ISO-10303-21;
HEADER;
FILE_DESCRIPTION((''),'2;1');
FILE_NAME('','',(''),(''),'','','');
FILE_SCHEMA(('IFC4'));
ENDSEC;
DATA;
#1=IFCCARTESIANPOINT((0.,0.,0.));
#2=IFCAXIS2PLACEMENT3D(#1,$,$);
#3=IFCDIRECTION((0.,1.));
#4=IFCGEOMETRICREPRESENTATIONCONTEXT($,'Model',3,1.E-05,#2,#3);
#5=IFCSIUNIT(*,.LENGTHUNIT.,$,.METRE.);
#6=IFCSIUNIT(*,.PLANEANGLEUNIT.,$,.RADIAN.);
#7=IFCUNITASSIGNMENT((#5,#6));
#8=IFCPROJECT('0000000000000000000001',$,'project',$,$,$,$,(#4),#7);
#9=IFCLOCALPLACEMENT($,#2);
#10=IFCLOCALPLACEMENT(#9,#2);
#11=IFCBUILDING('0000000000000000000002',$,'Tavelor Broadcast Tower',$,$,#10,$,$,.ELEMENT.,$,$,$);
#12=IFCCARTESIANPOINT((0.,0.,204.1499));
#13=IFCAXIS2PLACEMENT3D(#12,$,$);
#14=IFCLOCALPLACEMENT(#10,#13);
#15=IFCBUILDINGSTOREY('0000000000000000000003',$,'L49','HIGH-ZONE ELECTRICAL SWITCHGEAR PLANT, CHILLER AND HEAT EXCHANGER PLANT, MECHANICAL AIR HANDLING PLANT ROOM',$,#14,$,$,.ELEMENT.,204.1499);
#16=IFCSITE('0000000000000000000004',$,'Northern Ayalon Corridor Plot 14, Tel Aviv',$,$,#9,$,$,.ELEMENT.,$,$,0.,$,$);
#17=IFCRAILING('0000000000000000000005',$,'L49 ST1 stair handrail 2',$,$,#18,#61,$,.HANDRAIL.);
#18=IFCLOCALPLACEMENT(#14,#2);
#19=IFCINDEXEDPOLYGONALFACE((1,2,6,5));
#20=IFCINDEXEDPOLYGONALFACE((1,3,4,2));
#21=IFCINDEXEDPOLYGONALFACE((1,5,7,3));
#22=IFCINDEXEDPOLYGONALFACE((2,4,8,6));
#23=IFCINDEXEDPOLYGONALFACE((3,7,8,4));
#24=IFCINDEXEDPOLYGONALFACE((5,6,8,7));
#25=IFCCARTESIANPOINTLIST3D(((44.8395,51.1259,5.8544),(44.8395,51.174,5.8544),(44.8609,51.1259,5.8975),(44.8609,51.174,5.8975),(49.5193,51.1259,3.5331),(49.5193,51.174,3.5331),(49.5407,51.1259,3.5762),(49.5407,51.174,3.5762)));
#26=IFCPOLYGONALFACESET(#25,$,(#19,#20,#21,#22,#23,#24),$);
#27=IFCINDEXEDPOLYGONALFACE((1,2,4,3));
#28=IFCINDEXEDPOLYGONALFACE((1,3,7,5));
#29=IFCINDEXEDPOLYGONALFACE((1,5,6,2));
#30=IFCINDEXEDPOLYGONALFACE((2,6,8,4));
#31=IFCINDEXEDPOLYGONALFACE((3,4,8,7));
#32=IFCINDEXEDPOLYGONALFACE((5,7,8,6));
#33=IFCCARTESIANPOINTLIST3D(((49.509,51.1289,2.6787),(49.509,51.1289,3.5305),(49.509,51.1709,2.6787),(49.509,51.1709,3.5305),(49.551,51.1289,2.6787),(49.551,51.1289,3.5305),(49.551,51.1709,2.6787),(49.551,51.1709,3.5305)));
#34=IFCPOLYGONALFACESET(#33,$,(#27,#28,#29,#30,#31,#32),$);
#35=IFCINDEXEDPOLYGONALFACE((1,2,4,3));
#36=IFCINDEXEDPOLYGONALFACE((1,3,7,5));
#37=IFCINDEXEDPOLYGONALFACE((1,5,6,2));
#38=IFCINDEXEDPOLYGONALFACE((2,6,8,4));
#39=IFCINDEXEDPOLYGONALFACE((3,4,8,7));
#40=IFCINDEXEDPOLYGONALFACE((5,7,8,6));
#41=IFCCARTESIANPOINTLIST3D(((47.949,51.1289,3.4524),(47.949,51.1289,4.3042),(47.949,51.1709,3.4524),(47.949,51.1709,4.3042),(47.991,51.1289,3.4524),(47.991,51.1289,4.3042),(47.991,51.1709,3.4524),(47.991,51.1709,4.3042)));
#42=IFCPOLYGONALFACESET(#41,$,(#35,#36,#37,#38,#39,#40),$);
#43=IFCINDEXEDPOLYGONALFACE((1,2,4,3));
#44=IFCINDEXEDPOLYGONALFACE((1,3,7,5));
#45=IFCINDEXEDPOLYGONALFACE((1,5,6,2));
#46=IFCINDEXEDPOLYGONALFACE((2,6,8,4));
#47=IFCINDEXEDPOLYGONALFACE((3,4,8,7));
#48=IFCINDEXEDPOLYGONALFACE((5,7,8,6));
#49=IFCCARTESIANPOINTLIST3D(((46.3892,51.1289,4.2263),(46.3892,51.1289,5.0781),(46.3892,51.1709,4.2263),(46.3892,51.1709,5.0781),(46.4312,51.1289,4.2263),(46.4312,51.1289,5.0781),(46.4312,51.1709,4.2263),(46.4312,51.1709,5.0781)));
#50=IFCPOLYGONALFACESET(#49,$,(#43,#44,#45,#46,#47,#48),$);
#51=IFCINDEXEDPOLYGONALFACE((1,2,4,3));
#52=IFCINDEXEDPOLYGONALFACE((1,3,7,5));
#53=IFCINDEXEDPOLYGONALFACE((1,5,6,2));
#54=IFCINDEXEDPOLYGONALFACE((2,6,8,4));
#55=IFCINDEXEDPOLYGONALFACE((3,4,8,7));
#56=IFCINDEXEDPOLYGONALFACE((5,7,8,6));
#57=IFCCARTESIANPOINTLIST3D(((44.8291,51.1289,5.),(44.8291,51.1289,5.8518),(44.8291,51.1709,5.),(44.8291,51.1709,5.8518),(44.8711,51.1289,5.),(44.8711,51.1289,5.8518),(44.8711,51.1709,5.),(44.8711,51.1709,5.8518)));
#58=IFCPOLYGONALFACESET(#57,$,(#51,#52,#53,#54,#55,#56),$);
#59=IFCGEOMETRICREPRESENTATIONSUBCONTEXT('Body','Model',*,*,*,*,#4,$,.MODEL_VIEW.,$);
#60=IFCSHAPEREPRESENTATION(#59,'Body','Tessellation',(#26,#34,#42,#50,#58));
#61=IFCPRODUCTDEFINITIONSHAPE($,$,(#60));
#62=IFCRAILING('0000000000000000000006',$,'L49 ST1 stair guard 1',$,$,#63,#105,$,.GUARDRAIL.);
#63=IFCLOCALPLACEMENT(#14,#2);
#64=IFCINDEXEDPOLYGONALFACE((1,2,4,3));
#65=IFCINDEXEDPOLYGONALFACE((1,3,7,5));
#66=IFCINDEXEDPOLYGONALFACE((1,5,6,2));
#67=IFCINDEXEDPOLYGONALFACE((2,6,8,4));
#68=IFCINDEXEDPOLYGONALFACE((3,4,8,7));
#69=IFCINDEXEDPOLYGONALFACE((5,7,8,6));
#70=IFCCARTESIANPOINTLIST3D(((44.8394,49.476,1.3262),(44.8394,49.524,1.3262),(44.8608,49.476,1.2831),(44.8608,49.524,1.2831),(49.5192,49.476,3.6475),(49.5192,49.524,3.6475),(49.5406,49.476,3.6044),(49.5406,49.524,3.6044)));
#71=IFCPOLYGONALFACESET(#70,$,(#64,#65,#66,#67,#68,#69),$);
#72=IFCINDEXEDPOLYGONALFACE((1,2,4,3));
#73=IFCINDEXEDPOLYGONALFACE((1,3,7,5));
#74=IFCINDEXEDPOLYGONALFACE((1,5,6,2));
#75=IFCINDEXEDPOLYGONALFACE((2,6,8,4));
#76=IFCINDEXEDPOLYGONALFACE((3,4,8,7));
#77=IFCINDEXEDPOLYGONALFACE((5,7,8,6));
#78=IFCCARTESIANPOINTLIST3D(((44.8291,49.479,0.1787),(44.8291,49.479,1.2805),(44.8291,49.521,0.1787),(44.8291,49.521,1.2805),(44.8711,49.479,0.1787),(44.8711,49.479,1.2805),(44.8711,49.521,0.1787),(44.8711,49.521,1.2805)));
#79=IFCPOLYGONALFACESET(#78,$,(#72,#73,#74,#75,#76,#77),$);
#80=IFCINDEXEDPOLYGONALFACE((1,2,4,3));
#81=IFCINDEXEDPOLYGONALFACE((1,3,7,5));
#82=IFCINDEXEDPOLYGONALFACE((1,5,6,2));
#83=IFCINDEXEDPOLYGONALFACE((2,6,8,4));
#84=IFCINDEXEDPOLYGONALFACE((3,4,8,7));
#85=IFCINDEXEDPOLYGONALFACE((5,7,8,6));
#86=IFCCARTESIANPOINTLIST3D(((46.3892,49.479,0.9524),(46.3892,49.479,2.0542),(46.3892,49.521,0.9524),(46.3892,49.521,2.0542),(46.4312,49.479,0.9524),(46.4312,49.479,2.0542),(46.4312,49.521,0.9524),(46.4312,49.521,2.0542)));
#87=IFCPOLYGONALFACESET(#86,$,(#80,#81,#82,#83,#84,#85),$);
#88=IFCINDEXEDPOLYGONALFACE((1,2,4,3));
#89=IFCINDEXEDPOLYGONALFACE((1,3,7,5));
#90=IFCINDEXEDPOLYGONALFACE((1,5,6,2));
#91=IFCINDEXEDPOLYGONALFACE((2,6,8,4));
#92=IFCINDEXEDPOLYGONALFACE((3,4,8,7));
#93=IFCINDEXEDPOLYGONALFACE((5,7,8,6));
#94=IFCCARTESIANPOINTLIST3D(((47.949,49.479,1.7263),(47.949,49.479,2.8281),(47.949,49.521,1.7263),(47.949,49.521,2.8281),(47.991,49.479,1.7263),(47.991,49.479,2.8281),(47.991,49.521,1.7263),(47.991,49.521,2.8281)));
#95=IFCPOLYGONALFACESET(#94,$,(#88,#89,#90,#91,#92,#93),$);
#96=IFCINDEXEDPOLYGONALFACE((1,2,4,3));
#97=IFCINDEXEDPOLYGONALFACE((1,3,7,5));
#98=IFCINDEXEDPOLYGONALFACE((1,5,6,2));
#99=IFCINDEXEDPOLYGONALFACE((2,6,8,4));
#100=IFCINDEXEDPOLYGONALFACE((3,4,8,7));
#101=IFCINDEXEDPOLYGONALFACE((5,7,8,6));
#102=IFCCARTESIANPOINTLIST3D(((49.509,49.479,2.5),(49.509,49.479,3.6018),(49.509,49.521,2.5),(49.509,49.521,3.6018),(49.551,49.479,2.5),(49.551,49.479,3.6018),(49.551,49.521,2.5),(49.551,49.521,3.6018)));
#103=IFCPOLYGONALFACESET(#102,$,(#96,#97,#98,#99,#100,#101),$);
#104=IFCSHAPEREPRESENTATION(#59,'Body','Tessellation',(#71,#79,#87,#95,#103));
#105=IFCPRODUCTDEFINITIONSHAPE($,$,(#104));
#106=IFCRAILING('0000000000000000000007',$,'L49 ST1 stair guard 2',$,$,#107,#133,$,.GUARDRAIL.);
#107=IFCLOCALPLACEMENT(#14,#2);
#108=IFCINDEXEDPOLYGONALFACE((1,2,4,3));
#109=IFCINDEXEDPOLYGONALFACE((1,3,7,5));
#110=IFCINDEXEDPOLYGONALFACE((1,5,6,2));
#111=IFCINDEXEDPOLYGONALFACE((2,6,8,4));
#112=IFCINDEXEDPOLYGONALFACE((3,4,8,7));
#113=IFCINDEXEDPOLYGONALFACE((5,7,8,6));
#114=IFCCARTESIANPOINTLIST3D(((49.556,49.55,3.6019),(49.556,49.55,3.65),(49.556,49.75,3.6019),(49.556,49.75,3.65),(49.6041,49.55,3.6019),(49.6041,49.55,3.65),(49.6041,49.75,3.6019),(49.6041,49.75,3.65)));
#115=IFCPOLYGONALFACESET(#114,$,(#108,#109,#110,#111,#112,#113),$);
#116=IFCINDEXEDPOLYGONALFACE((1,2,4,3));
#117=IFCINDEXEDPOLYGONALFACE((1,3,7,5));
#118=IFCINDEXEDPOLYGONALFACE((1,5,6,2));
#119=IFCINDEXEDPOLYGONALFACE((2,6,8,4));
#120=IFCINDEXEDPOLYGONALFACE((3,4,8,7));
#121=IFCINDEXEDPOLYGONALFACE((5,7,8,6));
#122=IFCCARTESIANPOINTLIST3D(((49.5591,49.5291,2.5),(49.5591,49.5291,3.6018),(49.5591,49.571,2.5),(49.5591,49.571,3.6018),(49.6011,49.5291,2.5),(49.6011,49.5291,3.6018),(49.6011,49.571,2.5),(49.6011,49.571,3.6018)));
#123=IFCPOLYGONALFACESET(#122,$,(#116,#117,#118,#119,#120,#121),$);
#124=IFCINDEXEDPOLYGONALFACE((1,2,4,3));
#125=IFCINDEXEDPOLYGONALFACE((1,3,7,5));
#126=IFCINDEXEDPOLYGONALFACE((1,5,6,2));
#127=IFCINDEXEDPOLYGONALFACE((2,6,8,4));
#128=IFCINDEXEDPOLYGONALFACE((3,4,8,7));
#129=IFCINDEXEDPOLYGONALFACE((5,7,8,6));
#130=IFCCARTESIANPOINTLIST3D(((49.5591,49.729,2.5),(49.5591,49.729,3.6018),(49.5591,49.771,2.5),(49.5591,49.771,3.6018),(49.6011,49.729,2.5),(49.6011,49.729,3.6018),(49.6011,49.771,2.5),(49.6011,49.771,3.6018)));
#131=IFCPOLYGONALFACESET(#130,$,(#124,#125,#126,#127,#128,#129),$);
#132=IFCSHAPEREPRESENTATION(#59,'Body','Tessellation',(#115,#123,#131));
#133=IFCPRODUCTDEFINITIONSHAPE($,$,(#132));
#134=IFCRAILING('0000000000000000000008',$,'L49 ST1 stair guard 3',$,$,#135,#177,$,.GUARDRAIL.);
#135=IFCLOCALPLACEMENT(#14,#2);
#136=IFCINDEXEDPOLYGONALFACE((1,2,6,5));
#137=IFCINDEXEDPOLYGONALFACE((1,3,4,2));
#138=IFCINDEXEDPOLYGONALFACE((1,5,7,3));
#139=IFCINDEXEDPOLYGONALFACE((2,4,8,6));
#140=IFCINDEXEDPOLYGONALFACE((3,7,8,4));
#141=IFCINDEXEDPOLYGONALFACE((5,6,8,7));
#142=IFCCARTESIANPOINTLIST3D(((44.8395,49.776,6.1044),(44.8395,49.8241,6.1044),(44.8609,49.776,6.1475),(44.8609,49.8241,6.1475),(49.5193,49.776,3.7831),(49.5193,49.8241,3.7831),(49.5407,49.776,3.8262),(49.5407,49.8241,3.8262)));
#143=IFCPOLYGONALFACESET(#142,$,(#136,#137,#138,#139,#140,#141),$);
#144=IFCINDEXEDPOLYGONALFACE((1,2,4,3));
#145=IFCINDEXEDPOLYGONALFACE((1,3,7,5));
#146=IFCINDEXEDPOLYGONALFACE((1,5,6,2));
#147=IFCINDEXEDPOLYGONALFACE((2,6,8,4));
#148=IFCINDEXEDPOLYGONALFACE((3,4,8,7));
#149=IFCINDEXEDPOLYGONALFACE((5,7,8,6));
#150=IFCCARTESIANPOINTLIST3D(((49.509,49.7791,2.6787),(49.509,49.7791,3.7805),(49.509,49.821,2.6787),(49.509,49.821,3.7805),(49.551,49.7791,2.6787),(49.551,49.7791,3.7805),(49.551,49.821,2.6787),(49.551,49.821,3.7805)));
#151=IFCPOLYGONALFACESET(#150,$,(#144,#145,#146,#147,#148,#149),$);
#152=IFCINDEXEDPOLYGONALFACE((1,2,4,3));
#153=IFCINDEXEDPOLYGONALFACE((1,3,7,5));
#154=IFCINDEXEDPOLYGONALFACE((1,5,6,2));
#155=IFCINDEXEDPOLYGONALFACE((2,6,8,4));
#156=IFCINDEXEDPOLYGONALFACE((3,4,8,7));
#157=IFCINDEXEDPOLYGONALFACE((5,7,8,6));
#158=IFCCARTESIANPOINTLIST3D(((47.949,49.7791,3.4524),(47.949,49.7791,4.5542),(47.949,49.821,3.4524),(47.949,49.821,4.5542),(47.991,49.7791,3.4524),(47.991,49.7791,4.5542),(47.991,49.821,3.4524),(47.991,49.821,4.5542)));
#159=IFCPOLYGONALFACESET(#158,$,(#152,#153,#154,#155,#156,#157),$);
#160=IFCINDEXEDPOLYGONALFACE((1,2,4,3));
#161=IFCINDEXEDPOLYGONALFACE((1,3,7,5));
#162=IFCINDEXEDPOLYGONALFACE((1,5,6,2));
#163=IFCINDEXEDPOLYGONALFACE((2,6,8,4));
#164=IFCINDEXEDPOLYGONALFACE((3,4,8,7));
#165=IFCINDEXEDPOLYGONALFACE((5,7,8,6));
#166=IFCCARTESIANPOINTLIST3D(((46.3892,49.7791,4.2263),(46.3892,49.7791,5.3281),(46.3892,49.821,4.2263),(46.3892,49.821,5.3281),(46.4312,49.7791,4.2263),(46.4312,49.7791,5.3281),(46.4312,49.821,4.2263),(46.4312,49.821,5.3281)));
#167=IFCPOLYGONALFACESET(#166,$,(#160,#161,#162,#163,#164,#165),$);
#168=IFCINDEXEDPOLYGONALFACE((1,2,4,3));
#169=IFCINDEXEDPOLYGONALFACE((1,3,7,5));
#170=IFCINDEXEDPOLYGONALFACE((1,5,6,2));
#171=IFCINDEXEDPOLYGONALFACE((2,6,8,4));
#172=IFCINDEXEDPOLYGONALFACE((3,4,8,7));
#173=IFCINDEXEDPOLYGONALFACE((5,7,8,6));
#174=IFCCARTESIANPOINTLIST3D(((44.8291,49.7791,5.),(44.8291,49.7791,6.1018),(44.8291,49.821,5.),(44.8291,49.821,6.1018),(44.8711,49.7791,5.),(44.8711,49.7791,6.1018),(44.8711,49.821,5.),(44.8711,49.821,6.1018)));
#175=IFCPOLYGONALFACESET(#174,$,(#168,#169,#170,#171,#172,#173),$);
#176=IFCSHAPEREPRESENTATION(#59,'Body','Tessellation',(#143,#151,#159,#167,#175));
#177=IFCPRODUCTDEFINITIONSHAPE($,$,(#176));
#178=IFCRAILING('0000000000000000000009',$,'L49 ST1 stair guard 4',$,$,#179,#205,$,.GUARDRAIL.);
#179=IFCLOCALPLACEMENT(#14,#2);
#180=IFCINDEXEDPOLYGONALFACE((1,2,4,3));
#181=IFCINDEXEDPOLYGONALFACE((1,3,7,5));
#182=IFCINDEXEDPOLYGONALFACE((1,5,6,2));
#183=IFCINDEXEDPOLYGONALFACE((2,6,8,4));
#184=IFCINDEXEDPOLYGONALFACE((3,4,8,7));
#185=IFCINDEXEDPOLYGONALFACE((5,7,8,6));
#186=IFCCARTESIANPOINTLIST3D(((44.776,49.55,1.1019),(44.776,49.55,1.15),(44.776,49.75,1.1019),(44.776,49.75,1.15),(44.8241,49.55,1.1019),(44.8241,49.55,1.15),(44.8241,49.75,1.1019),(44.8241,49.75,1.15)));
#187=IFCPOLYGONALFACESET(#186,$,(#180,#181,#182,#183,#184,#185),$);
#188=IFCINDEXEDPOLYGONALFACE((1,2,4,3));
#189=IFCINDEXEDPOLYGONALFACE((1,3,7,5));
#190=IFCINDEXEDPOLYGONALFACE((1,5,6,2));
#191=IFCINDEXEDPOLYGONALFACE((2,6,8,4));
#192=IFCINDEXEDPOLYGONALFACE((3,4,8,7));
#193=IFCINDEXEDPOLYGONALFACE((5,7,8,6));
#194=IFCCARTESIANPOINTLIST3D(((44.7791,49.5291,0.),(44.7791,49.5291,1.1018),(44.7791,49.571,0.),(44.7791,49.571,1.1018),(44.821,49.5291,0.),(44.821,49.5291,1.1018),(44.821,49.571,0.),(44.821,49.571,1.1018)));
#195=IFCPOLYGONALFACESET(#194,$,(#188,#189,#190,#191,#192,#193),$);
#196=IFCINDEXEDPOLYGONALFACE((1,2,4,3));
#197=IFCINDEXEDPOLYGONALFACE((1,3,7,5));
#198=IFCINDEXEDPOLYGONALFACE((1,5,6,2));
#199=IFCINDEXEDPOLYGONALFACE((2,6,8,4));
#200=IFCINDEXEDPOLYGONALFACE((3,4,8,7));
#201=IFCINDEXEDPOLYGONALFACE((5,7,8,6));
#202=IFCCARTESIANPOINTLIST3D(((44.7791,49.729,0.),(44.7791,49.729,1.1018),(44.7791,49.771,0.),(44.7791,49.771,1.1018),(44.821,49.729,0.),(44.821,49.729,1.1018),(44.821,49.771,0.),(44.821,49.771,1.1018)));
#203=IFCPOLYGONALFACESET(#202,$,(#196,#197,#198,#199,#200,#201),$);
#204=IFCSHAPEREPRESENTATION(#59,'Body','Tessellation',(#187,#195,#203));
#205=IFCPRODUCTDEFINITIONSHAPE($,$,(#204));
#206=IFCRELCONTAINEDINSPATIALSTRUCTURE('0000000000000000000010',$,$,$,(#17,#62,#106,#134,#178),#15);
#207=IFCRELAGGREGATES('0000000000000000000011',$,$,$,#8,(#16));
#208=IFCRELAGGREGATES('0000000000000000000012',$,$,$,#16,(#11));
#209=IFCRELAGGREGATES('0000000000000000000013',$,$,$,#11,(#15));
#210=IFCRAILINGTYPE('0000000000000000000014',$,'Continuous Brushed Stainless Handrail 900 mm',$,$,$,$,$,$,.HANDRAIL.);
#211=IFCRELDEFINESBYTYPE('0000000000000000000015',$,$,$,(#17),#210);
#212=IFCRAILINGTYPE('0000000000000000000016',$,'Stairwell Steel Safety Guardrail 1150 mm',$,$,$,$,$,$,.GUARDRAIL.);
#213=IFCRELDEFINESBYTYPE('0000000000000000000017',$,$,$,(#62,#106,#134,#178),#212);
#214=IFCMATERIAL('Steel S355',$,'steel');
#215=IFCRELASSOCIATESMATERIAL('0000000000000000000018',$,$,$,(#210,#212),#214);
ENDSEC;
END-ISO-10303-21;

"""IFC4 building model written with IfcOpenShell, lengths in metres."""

from ifc_helpers import new_model, si_unit, direction, frame, origin, origin_2d, place, context, subcontext, project, spatial, rectangle, extrude, material, type_object, element, save


model = new_model("IFC4")

# Units and contexts
model_context = context("Model", 3, precision=1e-05, world=origin(), true_north=direction((0.0, 1.0)))
body_context = subcontext(model_context, "Body", "Model", "MODEL_VIEW")
ifc_project = project(units=[si_unit("LENGTHUNIT", "METRE"), si_unit("PLANEANGLEUNIT", "RADIAN")], contexts=[model_context])

# Site, building, storey
site_placement = place(None, origin())
site = spatial("IfcSite", under=ifc_project, at=site_placement, Name="Northern Ayalon Corridor Plot 14, Tel Aviv", CompositionType="ELEMENT", RefElevation=0.0)
building_placement = place(site_placement, origin())
building = spatial("IfcBuilding", under=site, at=building_placement, Name="Tavelor Broadcast Tower", CompositionType="ELEMENT")
storey_placement = place(building_placement, frame((0.0, 0.0, 204.1499)))
storey = spatial("IfcBuildingStorey", under=building, at=storey_placement, Name="L49", Description="HIGH-ZONE ELECTRICAL SWITCHGEAR PLANT, CHILLER AND HEAT EXCHANGER PLANT, MECHANICAL AIR HANDLING PLANT ROOM", CompositionType="ELEMENT", Elevation=204.1499)

# Shared definitions
ifc_material_1 = material(Name="Steel S355", Category="steel")

# Railings
railing_type_1 = type_object("IfcRailingType", Name="Continuous Brushed Stainless Handrail 900 mm", PredefinedType="HANDRAIL", material=ifc_material_1)
railing_1_placement = place(storey_placement, frame((49.53, 51.1499, 2.6787)))
element("IfcRailing", 1, at=railing_1_placement, inside=storey, type_object=railing_type_1, Name="L49 ST1 stair handrail 2", PredefinedType="HANDRAIL", context=body_context, shape_type="SweptSolid", body=[
    extrude(rectangle(XDim=0.0481, YDim=0.0481, at=origin_2d()), frame((0.0, 0.0, 0.876), z_axis=(-0.895853, 0.0, 0.444351), x_axis=(0.0, -1.0, 0.0)), (0.0, 0.0, 1.0), 5.2239),
    extrude(rectangle(XDim=0.042, YDim=0.042, at=origin_2d()), origin(), (0.0, 0.0, 1.0), 0.8518),
    extrude(rectangle(XDim=0.042, YDim=0.042, at=origin_2d()), frame((-1.5601, 0.0, 0.7737)), (0.0, 0.0, 1.0), 0.8518),
    extrude(rectangle(XDim=0.042, YDim=0.042, at=origin_2d()), frame((-3.1199, 0.0, 1.5476)), (0.0, 0.0, 1.0), 0.8518),
    extrude(rectangle(XDim=0.042, YDim=0.042, at=origin_2d()), frame((-4.6799, 0.0, 2.3213)), (0.0, 0.0, 1.0), 0.8518),
])
railing_type_2 = type_object("IfcRailingType", Name="Stairwell Steel Safety Guardrail 1150 mm", PredefinedType="GUARDRAIL", material=ifc_material_1)
railing_2_placement = place(storey_placement, frame((44.8501, 49.5, 0.1787)))
element("IfcRailing", 2, at=railing_2_placement, inside=storey, type_object=railing_type_2, Name="L49 ST1 stair guard 1", PredefinedType="GUARDRAIL", context=body_context, shape_type="SweptSolid", body=[
    extrude(rectangle(XDim=0.0481, YDim=0.0481, at=origin_2d()), frame((0.0, 0.0, 1.126), z_axis=(0.895853, 0.0, 0.444351), x_axis=(0.0, 1.0, 0.0)), (0.0, 0.0, 1.0), 5.2239),
    extrude(rectangle(XDim=0.042, YDim=0.042, at=origin_2d()), origin(), (0.0, 0.0, 1.0), 1.1018),
    extrude(rectangle(XDim=0.042, YDim=0.042, at=origin_2d()), frame((1.5601, 0.0, 0.7737)), (0.0, 0.0, 1.0), 1.1018),
    extrude(rectangle(XDim=0.042, YDim=0.042, at=origin_2d()), frame((3.1199, 0.0, 1.5476)), (0.0, 0.0, 1.0), 1.1018),
    extrude(rectangle(XDim=0.042, YDim=0.042, at=origin_2d()), frame((4.6799, 0.0, 2.3213)), (0.0, 0.0, 1.0), 1.1018),
])
railing_3_placement = place(storey_placement, frame((49.5801, 49.55, 2.5)))
element("IfcRailing", 3, at=railing_3_placement, inside=storey, type_object=railing_type_2, Name="L49 ST1 stair guard 2", PredefinedType="GUARDRAIL", context=body_context, shape_type="SweptSolid", body=[
    extrude(rectangle(XDim=0.0481, YDim=0.0481, at=origin_2d()), frame((0.0, 0.0, 1.126), z_axis=(0.0, 1.0, 0.0), x_axis=(-1.0, 0.0, 0.0)), (0.0, 0.0, 1.0), 0.2),
    extrude(rectangle(XDim=0.042, YDim=0.042, at=origin_2d()), origin(), (0.0, 0.0, 1.0), 1.1018),
    extrude(rectangle(XDim=0.042, YDim=0.042, at=origin_2d()), frame((0.0, 0.2, 0.0)), (0.0, 0.0, 1.0), 1.1018),
])
railing_4_placement = place(storey_placement, frame((49.53, 49.8, 2.6787)))
element("IfcRailing", 4, at=railing_4_placement, inside=storey, type_object=railing_type_2, Name="L49 ST1 stair guard 3", PredefinedType="GUARDRAIL", context=body_context, shape_type="SweptSolid", body=[
    extrude(rectangle(XDim=0.0481, YDim=0.0481, at=origin_2d()), frame((0.0, 0.0, 1.126), z_axis=(-0.895853, 0.0, 0.444351), x_axis=(0.0, -1.0, 0.0)), (0.0, 0.0, 1.0), 5.2239),
    extrude(rectangle(XDim=0.042, YDim=0.042, at=origin_2d()), origin(), (0.0, 0.0, 1.0), 1.1018),
    extrude(rectangle(XDim=0.042, YDim=0.042, at=origin_2d()), frame((-1.5601, 0.0, 0.7737)), (0.0, 0.0, 1.0), 1.1018),
    extrude(rectangle(XDim=0.042, YDim=0.042, at=origin_2d()), frame((-3.1199, 0.0, 1.5476)), (0.0, 0.0, 1.0), 1.1018),
    extrude(rectangle(XDim=0.042, YDim=0.042, at=origin_2d()), frame((-4.6799, 0.0, 2.3213)), (0.0, 0.0, 1.0), 1.1018),
])
railing_5_placement = place(storey_placement, frame((44.8, 49.55, 0.0)))
element("IfcRailing", 5, at=railing_5_placement, inside=storey, type_object=railing_type_2, Name="L49 ST1 stair guard 4", PredefinedType="GUARDRAIL", context=body_context, shape_type="SweptSolid", body=[
    extrude(rectangle(XDim=0.0481, YDim=0.0481, at=origin_2d()), frame((0.0, 0.0, 1.126), z_axis=(0.0, 1.0, 0.0), x_axis=(-1.0, 0.0, 0.0)), (0.0, 0.0, 1.0), 0.2),
    extrude(rectangle(XDim=0.042, YDim=0.042, at=origin_2d()), origin(), (0.0, 0.0, 1.0), 1.1018),
    extrude(rectangle(XDim=0.042, YDim=0.042, at=origin_2d()), frame((0.0, 0.2, 0.0)), (0.0, 0.0, 1.0), 1.1018),
])

save(model, "model.ifc")
